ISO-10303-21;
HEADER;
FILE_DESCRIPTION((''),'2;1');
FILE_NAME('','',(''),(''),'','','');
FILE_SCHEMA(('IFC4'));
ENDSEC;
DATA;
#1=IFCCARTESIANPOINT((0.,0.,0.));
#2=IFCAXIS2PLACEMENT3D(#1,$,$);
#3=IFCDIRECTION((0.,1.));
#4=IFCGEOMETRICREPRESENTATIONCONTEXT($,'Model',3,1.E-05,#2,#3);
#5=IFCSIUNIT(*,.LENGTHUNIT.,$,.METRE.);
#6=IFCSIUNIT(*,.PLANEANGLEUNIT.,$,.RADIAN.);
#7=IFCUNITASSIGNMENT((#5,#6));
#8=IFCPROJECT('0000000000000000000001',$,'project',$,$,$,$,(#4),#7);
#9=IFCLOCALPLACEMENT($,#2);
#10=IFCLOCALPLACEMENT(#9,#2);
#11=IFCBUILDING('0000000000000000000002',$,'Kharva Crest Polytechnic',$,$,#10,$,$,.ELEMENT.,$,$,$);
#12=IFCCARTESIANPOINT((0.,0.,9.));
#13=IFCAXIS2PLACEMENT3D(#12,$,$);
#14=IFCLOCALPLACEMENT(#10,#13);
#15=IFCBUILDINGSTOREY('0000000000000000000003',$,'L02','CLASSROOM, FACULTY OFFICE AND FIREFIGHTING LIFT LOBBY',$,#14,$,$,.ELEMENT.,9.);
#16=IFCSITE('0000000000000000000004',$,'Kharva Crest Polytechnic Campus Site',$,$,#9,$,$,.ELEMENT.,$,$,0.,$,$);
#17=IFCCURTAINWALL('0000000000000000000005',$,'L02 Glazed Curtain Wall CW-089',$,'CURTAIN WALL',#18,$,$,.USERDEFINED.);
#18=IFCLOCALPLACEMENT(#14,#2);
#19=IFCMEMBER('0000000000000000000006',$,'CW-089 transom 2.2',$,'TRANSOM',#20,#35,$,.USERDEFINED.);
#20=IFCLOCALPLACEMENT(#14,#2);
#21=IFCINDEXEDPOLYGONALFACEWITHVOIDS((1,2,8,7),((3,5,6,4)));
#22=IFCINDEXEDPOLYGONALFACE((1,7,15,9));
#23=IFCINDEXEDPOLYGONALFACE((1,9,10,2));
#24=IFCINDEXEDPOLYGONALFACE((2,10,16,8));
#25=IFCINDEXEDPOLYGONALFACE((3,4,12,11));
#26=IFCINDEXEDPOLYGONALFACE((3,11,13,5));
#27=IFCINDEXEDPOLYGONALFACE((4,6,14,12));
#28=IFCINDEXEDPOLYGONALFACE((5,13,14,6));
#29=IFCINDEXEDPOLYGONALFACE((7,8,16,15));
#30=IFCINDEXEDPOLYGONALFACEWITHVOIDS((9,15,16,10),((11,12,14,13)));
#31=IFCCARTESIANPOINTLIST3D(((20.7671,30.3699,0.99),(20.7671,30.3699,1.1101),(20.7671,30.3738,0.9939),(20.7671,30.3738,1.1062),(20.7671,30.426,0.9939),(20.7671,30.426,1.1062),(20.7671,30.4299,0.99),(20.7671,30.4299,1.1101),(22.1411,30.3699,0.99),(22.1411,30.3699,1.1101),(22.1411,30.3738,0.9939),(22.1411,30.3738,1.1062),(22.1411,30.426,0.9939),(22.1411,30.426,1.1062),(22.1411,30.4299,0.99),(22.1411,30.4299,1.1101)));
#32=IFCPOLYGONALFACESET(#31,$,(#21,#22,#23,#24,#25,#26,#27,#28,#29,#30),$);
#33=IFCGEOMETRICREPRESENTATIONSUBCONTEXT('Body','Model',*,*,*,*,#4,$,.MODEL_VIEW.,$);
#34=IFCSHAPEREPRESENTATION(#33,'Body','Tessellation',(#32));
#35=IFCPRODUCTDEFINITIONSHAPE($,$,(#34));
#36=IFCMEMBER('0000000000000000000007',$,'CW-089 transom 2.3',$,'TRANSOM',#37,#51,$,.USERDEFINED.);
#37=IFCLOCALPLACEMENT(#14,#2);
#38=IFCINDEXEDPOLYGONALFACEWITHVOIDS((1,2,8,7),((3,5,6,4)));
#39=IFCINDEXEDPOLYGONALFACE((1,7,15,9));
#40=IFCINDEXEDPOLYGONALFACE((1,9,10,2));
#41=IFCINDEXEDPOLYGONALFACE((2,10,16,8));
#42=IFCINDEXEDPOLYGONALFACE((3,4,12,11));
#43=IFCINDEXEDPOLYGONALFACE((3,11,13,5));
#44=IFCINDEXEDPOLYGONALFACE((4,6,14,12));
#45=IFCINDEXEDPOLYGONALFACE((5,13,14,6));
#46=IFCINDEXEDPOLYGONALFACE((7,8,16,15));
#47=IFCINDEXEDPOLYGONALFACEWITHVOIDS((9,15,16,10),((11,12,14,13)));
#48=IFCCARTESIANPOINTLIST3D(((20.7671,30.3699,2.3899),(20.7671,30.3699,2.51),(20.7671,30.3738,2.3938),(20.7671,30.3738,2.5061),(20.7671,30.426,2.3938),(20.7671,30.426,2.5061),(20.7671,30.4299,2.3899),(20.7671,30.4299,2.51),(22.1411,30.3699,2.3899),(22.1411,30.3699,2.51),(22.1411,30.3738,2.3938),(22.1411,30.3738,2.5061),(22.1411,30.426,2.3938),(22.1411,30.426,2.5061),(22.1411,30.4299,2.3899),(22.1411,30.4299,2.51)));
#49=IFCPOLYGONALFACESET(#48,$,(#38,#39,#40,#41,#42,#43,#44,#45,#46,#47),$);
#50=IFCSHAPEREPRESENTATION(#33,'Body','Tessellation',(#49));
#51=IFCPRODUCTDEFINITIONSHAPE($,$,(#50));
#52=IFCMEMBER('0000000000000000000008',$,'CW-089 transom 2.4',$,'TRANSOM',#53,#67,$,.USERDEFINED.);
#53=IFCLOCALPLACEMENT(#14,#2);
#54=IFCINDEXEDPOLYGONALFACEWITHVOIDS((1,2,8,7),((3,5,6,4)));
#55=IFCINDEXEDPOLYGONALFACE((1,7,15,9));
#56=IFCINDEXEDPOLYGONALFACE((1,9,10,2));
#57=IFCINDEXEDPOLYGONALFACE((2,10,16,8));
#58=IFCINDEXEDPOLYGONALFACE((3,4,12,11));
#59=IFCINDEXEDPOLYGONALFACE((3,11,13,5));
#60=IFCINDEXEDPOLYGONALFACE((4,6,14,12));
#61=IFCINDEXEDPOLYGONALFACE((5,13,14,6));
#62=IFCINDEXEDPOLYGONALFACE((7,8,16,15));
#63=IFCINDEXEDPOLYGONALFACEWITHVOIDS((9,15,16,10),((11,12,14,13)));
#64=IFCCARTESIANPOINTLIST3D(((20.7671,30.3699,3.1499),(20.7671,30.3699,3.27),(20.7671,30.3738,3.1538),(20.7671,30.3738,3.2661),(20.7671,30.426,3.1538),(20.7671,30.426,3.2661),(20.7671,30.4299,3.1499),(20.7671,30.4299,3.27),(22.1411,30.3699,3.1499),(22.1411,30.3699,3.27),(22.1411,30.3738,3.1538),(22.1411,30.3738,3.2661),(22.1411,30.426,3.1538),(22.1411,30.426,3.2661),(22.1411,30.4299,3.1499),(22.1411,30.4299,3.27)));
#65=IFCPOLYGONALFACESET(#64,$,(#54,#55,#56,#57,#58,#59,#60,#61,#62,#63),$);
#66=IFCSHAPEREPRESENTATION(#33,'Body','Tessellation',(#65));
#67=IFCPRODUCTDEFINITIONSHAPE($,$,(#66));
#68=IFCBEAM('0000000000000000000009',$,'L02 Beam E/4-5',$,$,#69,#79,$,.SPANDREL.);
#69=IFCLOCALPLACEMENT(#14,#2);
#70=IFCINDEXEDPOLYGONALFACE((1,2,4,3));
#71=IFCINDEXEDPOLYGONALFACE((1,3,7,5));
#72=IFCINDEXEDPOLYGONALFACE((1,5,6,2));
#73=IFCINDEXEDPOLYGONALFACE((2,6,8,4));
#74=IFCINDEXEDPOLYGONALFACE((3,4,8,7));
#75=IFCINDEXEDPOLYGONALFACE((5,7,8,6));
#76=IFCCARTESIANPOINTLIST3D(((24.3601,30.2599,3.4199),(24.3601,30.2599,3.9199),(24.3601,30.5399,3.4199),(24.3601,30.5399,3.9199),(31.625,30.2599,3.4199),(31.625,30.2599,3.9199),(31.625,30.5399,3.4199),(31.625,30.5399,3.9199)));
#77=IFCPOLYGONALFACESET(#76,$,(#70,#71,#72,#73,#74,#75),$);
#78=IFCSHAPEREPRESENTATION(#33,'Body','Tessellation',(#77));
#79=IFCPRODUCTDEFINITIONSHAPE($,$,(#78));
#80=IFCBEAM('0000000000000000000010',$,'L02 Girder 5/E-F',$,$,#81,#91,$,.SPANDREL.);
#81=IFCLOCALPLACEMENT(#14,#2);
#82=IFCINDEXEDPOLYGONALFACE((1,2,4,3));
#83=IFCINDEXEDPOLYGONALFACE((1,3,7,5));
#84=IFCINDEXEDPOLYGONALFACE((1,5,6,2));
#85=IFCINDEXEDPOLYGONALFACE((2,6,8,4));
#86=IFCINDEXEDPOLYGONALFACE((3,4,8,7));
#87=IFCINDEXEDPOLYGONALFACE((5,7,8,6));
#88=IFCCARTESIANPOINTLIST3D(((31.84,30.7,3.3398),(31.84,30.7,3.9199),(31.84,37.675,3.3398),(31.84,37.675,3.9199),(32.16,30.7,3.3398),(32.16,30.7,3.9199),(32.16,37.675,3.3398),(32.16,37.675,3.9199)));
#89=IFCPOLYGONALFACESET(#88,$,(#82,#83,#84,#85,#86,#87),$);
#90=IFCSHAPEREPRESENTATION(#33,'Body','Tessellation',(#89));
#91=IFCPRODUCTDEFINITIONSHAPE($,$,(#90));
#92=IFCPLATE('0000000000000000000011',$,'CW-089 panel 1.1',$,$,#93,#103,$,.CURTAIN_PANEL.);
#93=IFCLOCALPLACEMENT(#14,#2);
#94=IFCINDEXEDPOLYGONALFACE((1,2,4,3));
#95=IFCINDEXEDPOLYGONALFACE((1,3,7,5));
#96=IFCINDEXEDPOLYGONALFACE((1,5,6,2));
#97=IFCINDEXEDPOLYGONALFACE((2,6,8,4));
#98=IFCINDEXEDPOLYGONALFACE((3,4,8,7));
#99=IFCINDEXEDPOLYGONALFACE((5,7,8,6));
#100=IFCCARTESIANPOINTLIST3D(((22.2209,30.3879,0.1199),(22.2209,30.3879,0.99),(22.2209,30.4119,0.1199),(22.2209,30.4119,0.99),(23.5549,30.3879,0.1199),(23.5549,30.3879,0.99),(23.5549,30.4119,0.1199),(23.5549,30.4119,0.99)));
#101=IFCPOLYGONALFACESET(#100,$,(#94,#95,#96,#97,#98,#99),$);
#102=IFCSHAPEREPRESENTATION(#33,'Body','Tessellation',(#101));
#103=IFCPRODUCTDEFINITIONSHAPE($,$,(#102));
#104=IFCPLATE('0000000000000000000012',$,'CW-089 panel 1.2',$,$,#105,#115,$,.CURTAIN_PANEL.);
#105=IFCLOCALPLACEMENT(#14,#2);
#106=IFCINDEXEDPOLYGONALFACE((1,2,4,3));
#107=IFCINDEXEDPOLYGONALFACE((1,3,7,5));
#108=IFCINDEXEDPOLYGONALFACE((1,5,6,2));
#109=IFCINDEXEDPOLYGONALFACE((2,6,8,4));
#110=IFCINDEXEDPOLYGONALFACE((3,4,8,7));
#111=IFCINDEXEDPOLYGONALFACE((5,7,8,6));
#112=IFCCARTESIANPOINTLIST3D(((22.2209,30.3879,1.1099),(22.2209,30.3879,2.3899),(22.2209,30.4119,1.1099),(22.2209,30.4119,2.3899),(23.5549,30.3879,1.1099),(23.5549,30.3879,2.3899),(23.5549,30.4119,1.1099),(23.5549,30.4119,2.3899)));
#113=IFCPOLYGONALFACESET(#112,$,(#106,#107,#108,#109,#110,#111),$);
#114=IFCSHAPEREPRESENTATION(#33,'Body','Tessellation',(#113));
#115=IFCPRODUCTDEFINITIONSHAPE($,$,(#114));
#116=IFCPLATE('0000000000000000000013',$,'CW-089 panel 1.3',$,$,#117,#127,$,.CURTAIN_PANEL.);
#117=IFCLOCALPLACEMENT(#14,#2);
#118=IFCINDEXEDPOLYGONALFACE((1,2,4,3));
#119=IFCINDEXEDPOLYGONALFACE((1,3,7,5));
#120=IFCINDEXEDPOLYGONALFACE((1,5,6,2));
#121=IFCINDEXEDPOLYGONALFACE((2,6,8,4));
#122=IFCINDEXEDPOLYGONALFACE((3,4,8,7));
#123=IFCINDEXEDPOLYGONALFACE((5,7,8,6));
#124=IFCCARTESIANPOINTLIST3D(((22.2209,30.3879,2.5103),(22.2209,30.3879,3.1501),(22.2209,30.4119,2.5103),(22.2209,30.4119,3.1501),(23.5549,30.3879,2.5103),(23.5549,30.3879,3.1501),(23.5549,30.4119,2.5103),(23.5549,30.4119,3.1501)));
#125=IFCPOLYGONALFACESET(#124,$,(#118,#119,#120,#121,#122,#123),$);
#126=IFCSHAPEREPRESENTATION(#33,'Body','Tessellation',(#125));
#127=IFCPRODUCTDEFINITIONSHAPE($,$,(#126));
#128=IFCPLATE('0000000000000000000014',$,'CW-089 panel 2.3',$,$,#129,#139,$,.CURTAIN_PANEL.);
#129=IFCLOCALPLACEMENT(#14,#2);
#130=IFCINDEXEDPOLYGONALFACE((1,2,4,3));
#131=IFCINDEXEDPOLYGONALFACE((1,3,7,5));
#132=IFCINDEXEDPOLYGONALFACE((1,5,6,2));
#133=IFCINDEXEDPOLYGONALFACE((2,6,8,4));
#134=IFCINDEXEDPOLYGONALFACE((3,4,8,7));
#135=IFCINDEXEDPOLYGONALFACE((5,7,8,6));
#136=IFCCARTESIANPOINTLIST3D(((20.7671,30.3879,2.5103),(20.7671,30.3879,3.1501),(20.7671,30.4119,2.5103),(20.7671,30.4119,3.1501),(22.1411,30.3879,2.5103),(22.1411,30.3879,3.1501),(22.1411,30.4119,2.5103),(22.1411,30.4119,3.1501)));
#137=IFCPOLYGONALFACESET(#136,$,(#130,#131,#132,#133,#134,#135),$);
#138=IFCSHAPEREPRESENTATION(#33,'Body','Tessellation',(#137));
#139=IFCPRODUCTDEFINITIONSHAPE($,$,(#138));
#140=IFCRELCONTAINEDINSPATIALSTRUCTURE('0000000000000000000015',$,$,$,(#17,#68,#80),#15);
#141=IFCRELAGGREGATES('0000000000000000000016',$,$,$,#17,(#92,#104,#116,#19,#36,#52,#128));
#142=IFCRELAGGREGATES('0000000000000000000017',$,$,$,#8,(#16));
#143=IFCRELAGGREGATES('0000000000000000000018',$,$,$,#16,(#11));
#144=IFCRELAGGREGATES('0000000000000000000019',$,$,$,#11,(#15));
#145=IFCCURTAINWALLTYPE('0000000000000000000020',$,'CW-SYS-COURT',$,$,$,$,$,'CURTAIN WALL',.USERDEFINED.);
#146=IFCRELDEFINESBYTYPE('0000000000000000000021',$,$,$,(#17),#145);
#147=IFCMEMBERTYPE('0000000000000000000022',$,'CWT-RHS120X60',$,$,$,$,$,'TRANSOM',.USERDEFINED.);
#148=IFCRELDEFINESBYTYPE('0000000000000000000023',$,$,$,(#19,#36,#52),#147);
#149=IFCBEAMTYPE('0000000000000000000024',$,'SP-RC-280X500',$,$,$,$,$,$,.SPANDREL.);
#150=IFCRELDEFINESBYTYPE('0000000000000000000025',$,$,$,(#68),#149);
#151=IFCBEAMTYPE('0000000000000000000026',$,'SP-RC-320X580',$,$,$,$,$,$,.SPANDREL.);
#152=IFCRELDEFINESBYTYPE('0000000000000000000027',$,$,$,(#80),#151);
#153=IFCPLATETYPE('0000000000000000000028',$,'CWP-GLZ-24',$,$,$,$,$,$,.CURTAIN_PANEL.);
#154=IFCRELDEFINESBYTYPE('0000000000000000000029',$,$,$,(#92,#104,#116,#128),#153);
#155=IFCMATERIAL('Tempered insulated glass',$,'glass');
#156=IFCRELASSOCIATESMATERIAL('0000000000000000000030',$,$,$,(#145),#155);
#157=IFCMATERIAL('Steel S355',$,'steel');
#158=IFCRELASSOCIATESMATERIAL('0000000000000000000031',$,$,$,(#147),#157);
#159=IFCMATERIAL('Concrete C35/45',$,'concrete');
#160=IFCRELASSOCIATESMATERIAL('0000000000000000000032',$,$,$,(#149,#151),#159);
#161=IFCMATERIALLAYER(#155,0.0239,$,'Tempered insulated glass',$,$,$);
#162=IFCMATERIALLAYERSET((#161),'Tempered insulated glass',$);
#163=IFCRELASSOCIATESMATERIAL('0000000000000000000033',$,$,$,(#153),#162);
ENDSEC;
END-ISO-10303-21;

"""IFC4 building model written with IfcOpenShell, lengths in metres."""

from ifc_helpers import new_model, si_unit, direction, frame, origin, origin_2d, place, context, subcontext, project, spatial, rectangle, hollow_rectangle, extrude, material, layer, layer_set, material_profile, profile_set, type_object, element, aggregate, save


model = new_model("IFC4")

# Units and contexts
model_context = context("Model", 3, precision=1e-05, world=origin(), true_north=direction((0.0, 1.0)))
body_context = subcontext(model_context, "Body", "Model", "MODEL_VIEW")
ifc_project = project(units=[si_unit("LENGTHUNIT", "METRE"), si_unit("PLANEANGLEUNIT", "RADIAN")], contexts=[model_context])

# Site, building, storey
site_placement = place(None, origin())
site = spatial("IfcSite", under=ifc_project, at=site_placement, Name="Kharva Crest Polytechnic Campus Site", CompositionType="ELEMENT", RefElevation=0.0)
building_placement = place(site_placement, origin())
building = spatial("IfcBuilding", under=site, at=building_placement, Name="Kharva Crest Polytechnic", CompositionType="ELEMENT")
storey_placement = place(building_placement, frame((0.0, 0.0, 9.0)))
storey = spatial("IfcBuildingStorey", under=building, at=storey_placement, Name="L02", Description="CLASSROOM, FACULTY OFFICE AND FIREFIGHTING LIFT LOBBY", CompositionType="ELEMENT", Elevation=9.0)

# Curtain wall, members
ifc_material_1 = material(Name="Tempered insulated glass", Category="glass")
curtain_wall_type = type_object("IfcCurtainWallType", Name="CW-SYS-COURT", ElementType="CURTAIN WALL", PredefinedType="USERDEFINED", material=ifc_material_1)
curtain_wall_placement = place(storey_placement, origin())
curtain_wall = element("IfcCurtainWall", 1, at=curtain_wall_placement, inside=storey, type_object=curtain_wall_type, Name="L02 Glazed Curtain Wall CW-089", ObjectType="CURTAIN WALL", PredefinedType="USERDEFINED")
ifc_material_2 = material(Name="Steel S355", Category="steel")
ifc_material_profile_1 = material_profile(ifc_material_2, hollow_rectangle(XDim=0.0601, YDim=0.1201, WallThickness=0.0039, at=origin_2d()), Name="RHS 120X60X4.0")
ifc_profile_set_1 = profile_set([ifc_material_profile_1], Name="Steel S355")
member_type_1 = type_object("IfcMemberType", Name="CWT-RHS120X60", ElementType="TRANSOM", PredefinedType="USERDEFINED", material=ifc_profile_set_1)
member_1_placement = place(storey_placement, frame((22.1411, 30.3999, 1.05), z_axis=(-1.0, 0.0, 0.0), x_axis=(0.0, -1.0, 0.0)))
member_1 = element("IfcMember", 2, at=member_1_placement, type_object=member_type_1, Name="CW-089 transom 2.2", ObjectType="TRANSOM", PredefinedType="USERDEFINED", context=body_context, shape_type="SweptSolid", body=[
    extrude(hollow_rectangle(XDim=0.0601, YDim=0.1201, WallThickness=0.0039, at=origin_2d()), origin(), (0.0, 0.0, 1.0), 1.374),
])
member_2_placement = place(storey_placement, frame((22.1411, 30.3999, 2.45), z_axis=(-1.0, 0.0, 0.0), x_axis=(0.0, -1.0, 0.0)))
member_2 = element("IfcMember", 3, at=member_2_placement, type_object=member_type_1, Name="CW-089 transom 2.3", ObjectType="TRANSOM", PredefinedType="USERDEFINED", context=body_context, shape_type="SweptSolid", body=[
    extrude(hollow_rectangle(XDim=0.0601, YDim=0.1201, WallThickness=0.0039, at=origin_2d()), origin(), (0.0, 0.0, 1.0), 1.374),
])
member_3_placement = place(storey_placement, frame((22.1411, 30.3999, 3.21), z_axis=(-1.0, 0.0, 0.0), x_axis=(0.0, -1.0, 0.0)))
member_3 = element("IfcMember", 4, at=member_3_placement, type_object=member_type_1, Name="CW-089 transom 2.4", ObjectType="TRANSOM", PredefinedType="USERDEFINED", context=body_context, shape_type="SweptSolid", body=[
    extrude(hollow_rectangle(XDim=0.0601, YDim=0.1201, WallThickness=0.0039, at=origin_2d()), origin(), (0.0, 0.0, 1.0), 1.374),
])

# Beams
ifc_material_3 = material(Name="Concrete C35/45", Category="concrete")
ifc_material_profile_2 = material_profile(ifc_material_3, rectangle(XDim=0.28, YDim=0.5, at=origin_2d()), Name="RECT 280 X 500")
ifc_profile_set_2 = profile_set([ifc_material_profile_2], Name="Concrete C35/45")
beam_type_1 = type_object("IfcBeamType", Name="SP-RC-280X500", PredefinedType="SPANDREL", material=ifc_profile_set_2)
beam_1_placement = place(storey_placement, frame((24.3601, 30.3999, 3.6699), z_axis=(1.0, 0.0, 0.0), x_axis=(0.0, 1.0, 0.0)))
element("IfcBeam", 5, at=beam_1_placement, inside=storey, type_object=beam_type_1, Name="L02 Beam E/4-5", PredefinedType="SPANDREL", context=body_context, shape_type="SweptSolid", body=[
    extrude(rectangle(XDim=0.28, YDim=0.5, at=origin_2d()), origin(), (0.0, 0.0, 1.0), 7.2649),
])
ifc_material_profile_3 = material_profile(ifc_material_3, rectangle(XDim=0.3201, YDim=0.5801, at=origin_2d()), Name="RECT 320 X 580")
ifc_profile_set_3 = profile_set([ifc_material_profile_3], Name="Concrete C35/45")
beam_type_2 = type_object("IfcBeamType", Name="SP-RC-320X580", PredefinedType="SPANDREL", material=ifc_profile_set_3)
beam_2_placement = place(storey_placement, frame((32.0, 30.7, 3.6299), z_axis=(0.0, 1.0, 0.0), x_axis=(-1.0, 0.0, 0.0)))
element("IfcBeam", 6, at=beam_2_placement, inside=storey, type_object=beam_type_2, Name="L02 Girder 5/E-F", PredefinedType="SPANDREL", context=body_context, shape_type="SweptSolid", body=[
    extrude(rectangle(XDim=0.3201, YDim=0.5801, at=origin_2d()), origin(), (0.0, 0.0, 1.0), 6.9751),
])

# Plates
ifc_layer_1 = layer(ifc_material_1, 0.0239, Name="Tempered insulated glass")
ifc_layer_set_1 = layer_set([ifc_layer_1], Name="Tempered insulated glass")
plate_type = type_object("IfcPlateType", Name="CWP-GLZ-24", PredefinedType="CURTAIN_PANEL", material=ifc_layer_set_1)
plate_1_placement = place(storey_placement, frame((22.8879, 30.3999, 0.1199), z_axis=(0.0, 0.0, 1.0), x_axis=(-1.0, 0.0, 0.0)))
plate_1 = element("IfcPlate", 7, at=plate_1_placement, type_object=plate_type, Name="CW-089 panel 1.1", PredefinedType="CURTAIN_PANEL", context=body_context, shape_type="SweptSolid", body=[
    extrude(rectangle(XDim=1.334, YDim=0.0239, at=origin_2d()), origin(), (0.0, 0.0, 1.0), 0.8701),
])
plate_2_placement = place(storey_placement, frame((22.8879, 30.3999, 1.1099), z_axis=(0.0, 0.0, 1.0), x_axis=(-1.0, 0.0, 0.0)))
plate_2 = element("IfcPlate", 8, at=plate_2_placement, type_object=plate_type, Name="CW-089 panel 1.2", PredefinedType="CURTAIN_PANEL", context=body_context, shape_type="SweptSolid", body=[
    extrude(rectangle(XDim=1.334, YDim=0.0239, at=origin_2d()), origin(), (0.0, 0.0, 1.0), 1.28),
])
plate_3_placement = place(storey_placement, frame((22.8879, 30.3999, 2.5103), z_axis=(0.0, 0.0, 1.0), x_axis=(-1.0, 0.0, 0.0)))
plate_3 = element("IfcPlate", 9, at=plate_3_placement, type_object=plate_type, Name="CW-089 panel 1.3", PredefinedType="CURTAIN_PANEL", context=body_context, shape_type="SweptSolid", body=[
    extrude(rectangle(XDim=1.334, YDim=0.0239, at=origin_2d()), origin(), (0.0, 0.0, 1.0), 0.6399),
])
plate_4_placement = place(storey_placement, frame((21.4541, 30.3999, 2.5103), z_axis=(0.0, 0.0, 1.0), x_axis=(-1.0, 0.0, 0.0)))
plate_4 = element("IfcPlate", 10, at=plate_4_placement, type_object=plate_type, Name="CW-089 panel 2.3", PredefinedType="CURTAIN_PANEL", context=body_context, shape_type="SweptSolid", body=[
    extrude(rectangle(XDim=1.374, YDim=0.0239, at=origin_2d()), origin(), (0.0, 0.0, 1.0), 0.6399),
])
aggregate(curtain_wall, [plate_1, plate_2, plate_3, member_1, member_2, member_3, plate_4])

save(model, "model.ifc")
